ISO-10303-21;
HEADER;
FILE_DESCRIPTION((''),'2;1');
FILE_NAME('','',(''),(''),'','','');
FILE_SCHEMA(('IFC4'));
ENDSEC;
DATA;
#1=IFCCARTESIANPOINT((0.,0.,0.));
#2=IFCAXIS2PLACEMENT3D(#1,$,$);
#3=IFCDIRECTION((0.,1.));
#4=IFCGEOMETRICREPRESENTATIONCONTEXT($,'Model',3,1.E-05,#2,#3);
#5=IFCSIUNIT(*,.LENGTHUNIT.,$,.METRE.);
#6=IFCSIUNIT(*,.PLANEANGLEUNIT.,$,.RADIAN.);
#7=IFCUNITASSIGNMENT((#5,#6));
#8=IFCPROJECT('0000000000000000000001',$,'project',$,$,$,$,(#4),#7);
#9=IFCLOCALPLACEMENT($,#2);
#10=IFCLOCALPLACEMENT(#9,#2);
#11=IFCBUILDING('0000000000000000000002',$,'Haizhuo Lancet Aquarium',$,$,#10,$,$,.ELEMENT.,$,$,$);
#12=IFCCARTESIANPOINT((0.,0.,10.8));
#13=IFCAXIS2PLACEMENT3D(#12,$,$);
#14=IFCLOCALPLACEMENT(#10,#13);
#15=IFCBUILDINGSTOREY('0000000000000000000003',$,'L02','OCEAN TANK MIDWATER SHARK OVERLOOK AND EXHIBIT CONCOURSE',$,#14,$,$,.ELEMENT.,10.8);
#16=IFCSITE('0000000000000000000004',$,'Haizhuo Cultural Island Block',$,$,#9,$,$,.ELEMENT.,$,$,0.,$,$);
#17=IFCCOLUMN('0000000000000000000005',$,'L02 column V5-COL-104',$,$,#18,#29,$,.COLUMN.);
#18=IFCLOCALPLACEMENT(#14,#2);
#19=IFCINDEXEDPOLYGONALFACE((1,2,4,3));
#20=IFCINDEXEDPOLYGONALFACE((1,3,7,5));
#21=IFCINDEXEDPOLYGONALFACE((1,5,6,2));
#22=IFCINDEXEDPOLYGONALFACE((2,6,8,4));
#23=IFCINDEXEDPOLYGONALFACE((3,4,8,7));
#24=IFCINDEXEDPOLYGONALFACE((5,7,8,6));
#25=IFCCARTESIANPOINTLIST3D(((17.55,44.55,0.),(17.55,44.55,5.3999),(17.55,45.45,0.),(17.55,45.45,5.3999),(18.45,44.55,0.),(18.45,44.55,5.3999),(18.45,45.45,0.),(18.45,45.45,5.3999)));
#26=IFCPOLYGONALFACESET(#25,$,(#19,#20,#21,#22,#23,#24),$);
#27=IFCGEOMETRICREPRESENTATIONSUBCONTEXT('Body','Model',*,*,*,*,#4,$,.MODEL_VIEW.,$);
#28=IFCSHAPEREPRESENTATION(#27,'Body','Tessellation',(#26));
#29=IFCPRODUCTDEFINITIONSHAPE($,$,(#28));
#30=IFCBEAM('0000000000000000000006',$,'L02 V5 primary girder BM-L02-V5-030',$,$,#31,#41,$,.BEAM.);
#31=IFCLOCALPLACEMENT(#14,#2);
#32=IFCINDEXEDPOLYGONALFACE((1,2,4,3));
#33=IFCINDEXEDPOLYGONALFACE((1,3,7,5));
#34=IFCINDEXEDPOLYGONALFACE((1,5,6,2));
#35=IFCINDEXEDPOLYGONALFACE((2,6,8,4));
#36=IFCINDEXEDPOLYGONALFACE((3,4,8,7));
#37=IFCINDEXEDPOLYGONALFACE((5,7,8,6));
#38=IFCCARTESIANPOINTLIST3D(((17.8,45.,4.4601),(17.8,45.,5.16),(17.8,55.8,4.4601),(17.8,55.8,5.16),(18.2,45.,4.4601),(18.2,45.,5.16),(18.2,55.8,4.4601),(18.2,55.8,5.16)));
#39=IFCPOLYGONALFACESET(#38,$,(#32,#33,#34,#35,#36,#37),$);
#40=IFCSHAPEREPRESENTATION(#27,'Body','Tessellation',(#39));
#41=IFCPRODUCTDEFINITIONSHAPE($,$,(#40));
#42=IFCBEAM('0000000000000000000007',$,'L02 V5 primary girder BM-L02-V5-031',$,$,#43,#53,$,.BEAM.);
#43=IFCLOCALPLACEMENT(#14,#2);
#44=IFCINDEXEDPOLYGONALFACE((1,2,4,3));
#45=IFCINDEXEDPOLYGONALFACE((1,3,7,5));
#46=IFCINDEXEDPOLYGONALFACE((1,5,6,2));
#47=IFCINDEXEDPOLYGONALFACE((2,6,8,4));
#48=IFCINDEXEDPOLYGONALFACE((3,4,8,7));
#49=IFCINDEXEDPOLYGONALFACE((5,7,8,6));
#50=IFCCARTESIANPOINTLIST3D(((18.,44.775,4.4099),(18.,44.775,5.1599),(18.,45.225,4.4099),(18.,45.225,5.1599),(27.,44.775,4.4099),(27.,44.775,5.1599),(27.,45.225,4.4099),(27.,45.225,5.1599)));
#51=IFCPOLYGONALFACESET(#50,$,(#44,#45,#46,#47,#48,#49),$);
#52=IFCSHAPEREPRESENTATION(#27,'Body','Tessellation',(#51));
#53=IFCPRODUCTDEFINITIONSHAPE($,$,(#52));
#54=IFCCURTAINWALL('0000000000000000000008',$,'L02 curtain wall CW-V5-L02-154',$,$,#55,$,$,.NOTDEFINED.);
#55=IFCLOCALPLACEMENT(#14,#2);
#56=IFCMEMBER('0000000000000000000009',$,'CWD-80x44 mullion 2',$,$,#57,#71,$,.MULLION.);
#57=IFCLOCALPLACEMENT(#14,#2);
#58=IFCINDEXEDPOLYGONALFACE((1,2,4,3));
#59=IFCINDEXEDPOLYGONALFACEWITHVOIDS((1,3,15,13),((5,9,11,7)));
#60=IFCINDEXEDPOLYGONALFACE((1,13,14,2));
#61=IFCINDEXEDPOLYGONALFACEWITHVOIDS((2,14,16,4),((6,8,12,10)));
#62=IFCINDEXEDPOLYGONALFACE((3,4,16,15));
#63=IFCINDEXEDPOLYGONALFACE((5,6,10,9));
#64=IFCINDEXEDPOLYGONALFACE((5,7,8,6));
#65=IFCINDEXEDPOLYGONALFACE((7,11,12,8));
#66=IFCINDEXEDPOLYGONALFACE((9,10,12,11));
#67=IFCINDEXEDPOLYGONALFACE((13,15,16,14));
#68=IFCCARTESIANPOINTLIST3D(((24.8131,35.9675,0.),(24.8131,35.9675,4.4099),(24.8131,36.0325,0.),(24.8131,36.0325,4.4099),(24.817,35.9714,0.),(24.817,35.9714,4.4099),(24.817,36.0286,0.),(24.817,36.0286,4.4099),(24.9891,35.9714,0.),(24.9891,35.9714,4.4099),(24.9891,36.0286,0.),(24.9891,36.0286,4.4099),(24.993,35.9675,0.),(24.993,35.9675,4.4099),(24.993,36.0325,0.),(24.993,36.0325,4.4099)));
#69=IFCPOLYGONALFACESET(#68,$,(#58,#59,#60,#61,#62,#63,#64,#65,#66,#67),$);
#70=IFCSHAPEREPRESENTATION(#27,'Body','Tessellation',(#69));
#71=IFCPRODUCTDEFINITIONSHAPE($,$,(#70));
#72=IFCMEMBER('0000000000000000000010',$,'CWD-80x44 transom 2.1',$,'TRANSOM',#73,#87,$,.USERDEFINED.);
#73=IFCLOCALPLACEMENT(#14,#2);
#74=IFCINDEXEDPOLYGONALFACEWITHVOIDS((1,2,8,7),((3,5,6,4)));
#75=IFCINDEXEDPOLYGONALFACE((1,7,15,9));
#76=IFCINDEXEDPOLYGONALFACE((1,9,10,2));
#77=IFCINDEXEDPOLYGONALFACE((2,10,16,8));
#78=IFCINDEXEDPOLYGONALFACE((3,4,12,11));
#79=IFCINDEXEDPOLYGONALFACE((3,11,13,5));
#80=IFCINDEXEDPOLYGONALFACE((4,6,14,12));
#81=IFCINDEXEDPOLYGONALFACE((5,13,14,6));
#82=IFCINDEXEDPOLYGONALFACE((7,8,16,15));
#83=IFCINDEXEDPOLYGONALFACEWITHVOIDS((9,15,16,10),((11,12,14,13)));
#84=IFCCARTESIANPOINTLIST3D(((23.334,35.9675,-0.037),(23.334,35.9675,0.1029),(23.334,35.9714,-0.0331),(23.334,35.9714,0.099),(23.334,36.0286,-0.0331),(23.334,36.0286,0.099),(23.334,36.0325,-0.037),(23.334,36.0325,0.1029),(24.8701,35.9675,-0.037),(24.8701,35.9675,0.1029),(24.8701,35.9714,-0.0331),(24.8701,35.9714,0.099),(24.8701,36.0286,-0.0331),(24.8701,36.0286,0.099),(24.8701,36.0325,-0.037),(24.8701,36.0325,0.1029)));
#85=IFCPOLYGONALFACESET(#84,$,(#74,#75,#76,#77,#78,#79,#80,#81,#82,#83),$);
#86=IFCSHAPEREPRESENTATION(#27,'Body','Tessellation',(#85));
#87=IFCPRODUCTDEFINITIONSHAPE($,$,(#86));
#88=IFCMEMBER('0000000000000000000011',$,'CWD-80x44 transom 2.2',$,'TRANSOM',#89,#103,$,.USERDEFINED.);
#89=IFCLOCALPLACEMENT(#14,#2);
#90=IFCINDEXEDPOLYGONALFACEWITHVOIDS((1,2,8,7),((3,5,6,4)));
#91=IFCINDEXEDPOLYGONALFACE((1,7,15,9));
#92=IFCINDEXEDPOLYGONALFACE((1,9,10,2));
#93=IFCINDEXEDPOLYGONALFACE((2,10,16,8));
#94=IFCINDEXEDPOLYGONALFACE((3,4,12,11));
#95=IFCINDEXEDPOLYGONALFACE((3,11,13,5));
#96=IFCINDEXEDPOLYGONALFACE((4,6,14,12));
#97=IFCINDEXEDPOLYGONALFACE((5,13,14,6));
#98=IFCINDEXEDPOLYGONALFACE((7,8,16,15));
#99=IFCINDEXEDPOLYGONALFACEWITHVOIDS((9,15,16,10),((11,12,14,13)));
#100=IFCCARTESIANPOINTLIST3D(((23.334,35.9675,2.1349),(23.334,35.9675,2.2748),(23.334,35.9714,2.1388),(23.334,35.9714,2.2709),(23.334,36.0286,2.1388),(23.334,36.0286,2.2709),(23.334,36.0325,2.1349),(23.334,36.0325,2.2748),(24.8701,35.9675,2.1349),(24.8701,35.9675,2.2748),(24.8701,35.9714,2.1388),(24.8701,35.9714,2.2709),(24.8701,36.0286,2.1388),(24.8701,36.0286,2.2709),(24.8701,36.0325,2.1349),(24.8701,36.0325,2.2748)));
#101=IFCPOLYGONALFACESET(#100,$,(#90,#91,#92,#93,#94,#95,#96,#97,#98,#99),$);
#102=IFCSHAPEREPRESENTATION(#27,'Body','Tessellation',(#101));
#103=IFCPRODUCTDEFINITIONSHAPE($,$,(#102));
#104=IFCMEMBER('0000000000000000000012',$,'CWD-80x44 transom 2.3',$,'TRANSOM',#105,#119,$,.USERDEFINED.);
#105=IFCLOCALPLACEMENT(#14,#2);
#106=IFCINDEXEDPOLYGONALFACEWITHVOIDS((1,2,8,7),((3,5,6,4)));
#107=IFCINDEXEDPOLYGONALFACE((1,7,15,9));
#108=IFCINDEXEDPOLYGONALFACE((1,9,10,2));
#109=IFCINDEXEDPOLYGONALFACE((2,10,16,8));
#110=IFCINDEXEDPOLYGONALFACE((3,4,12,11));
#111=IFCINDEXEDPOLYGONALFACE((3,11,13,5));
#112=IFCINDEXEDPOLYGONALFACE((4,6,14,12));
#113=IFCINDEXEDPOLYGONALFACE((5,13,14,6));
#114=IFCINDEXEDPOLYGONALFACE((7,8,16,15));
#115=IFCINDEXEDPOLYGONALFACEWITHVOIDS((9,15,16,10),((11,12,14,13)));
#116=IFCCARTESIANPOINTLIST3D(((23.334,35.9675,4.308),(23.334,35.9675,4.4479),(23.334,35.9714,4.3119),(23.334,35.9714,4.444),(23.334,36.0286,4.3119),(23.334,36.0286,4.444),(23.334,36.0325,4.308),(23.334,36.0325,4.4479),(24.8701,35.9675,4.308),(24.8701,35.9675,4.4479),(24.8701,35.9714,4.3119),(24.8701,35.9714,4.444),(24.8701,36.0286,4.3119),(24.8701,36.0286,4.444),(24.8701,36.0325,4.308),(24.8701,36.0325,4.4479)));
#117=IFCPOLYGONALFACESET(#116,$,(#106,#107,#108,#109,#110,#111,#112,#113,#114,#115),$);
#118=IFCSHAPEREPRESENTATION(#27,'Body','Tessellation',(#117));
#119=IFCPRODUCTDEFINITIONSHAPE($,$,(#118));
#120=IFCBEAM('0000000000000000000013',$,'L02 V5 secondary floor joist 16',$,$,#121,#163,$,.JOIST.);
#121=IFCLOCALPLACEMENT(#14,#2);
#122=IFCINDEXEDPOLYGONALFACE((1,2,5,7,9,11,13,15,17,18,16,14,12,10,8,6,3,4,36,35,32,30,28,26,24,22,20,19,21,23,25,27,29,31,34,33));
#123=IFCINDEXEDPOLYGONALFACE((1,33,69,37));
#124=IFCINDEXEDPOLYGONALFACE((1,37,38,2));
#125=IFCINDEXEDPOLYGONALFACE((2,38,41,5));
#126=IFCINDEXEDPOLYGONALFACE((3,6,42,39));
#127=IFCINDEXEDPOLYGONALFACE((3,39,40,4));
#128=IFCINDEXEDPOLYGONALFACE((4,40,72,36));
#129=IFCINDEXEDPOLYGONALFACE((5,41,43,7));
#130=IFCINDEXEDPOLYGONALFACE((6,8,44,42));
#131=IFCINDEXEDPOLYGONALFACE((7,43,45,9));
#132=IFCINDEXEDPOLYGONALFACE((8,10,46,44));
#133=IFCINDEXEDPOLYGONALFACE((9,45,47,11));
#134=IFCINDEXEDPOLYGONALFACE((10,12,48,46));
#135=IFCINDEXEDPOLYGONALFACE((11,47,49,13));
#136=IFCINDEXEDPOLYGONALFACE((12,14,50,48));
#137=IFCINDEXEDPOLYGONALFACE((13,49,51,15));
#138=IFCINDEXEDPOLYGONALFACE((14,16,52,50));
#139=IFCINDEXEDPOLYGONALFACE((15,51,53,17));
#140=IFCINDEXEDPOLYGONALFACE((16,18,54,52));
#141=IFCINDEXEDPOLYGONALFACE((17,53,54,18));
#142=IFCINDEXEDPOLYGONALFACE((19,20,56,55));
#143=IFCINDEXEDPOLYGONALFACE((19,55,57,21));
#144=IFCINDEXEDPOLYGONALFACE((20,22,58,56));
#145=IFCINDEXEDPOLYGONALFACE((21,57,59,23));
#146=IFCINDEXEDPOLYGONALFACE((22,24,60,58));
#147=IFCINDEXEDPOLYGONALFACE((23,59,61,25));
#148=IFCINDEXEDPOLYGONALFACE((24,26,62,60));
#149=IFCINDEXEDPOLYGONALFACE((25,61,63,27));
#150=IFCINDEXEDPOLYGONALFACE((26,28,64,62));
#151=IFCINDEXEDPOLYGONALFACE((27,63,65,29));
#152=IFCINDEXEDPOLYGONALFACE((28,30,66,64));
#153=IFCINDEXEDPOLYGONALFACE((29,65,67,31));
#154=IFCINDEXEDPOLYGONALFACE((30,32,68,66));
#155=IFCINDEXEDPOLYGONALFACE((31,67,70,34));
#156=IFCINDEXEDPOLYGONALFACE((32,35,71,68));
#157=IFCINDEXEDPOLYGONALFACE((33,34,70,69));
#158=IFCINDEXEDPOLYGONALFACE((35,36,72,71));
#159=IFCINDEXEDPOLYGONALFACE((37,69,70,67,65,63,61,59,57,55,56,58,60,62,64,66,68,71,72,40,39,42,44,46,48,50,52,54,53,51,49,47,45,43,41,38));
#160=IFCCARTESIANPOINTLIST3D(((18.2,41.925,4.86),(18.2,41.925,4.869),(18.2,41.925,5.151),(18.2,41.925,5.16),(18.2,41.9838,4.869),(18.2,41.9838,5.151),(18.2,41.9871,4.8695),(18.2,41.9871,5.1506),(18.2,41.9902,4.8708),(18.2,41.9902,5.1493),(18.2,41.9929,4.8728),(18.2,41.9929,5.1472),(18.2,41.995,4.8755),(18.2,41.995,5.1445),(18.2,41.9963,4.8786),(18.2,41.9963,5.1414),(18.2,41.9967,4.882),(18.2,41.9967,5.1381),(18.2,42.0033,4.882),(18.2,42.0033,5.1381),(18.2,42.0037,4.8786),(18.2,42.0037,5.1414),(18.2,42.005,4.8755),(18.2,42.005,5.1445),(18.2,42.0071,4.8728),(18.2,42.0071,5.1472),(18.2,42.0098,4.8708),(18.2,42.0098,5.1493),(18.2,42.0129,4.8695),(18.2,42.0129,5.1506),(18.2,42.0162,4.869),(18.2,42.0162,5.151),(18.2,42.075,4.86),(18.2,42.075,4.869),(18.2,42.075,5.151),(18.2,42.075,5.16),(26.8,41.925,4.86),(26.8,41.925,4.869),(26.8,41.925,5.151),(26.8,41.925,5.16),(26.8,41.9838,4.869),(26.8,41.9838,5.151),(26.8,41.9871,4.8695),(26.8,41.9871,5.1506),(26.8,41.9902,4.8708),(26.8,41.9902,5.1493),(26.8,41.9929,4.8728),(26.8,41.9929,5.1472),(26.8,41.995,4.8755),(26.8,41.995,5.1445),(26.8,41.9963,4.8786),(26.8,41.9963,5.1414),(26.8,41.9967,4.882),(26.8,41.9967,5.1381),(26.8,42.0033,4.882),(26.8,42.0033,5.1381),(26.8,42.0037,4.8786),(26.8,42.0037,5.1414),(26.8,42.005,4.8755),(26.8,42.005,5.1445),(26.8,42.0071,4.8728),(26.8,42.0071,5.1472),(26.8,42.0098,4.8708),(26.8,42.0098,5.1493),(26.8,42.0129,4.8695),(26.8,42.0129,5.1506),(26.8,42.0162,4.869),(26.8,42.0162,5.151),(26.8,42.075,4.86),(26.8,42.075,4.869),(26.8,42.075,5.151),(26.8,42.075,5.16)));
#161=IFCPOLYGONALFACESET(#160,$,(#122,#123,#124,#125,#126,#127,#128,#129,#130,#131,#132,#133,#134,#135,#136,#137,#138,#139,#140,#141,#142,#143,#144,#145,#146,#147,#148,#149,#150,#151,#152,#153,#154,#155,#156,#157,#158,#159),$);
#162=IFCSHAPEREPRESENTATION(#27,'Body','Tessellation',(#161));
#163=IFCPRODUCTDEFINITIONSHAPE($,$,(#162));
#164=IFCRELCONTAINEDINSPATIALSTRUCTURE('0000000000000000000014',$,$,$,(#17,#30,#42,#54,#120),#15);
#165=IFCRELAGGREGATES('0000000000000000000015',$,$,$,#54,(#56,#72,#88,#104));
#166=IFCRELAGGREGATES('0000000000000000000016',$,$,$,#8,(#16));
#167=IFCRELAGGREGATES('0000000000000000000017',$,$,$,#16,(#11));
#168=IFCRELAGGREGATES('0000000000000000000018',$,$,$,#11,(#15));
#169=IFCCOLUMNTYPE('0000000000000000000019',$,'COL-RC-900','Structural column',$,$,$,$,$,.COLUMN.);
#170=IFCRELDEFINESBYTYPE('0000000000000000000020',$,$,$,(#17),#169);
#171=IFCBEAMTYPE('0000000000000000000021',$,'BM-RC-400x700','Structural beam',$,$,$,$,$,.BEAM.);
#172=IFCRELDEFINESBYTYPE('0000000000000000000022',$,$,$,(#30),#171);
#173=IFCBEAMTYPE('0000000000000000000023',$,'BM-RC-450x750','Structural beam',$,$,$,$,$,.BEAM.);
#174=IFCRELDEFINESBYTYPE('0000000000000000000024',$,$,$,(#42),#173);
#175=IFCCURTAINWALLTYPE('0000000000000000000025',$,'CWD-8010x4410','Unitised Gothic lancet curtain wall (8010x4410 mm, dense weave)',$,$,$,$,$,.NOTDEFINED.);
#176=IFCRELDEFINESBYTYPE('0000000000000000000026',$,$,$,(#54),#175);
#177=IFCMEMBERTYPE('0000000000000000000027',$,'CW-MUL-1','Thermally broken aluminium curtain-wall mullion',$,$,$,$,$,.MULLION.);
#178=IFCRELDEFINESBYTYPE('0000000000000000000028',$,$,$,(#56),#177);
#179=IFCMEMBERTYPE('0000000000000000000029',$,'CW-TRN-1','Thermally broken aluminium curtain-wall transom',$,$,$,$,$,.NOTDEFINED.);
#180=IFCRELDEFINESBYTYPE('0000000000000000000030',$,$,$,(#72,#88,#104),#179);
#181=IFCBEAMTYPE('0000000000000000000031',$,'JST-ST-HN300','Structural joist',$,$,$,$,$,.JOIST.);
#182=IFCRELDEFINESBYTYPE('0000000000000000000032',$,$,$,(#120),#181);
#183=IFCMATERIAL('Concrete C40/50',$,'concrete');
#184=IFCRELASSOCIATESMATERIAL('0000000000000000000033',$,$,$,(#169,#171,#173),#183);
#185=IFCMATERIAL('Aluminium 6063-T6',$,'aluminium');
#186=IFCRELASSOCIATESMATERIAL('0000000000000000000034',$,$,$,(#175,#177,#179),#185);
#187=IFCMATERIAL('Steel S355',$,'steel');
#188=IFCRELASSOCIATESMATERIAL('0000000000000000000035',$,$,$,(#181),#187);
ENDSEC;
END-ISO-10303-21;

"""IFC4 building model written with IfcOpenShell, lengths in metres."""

from ifc_helpers import new_model, si_unit, direction, frame, origin, origin_2d, place, context, subcontext, project, spatial, rectangle, hollow_rectangle, i_section, extrude, material, material_profile, profile_set, type_object, element, aggregate, save


model = new_model("IFC4")

# Units and contexts
model_context = context("Model", 3, precision=1e-05, world=origin(), true_north=direction((0.0, 1.0)))
body_context = subcontext(model_context, "Body", "Model", "MODEL_VIEW")
ifc_project = project(units=[si_unit("LENGTHUNIT", "METRE"), si_unit("PLANEANGLEUNIT", "RADIAN")], contexts=[model_context])

# Site, building, storey
site_placement = place(None, origin())
site = spatial("IfcSite", under=ifc_project, at=site_placement, Name="Haizhuo Cultural Island Block", CompositionType="ELEMENT", RefElevation=0.0)
building_placement = place(site_placement, origin())
building = spatial("IfcBuilding", under=site, at=building_placement, Name="Haizhuo Lancet Aquarium", CompositionType="ELEMENT")
storey_placement = place(building_placement, frame((0.0, 0.0, 10.8)))
storey = spatial("IfcBuildingStorey", under=building, at=storey_placement, Name="L02", Description="OCEAN TANK MIDWATER SHARK OVERLOOK AND EXHIBIT CONCOURSE", CompositionType="ELEMENT", Elevation=10.8)

# Column
ifc_material_1 = material(Name="Concrete C40/50", Category="concrete")
ifc_material_profile_1 = material_profile(ifc_material_1, rectangle(XDim=0.8999, YDim=0.8999, at=origin_2d()), Name="RC-COL 900x900")
ifc_profile_set_1 = profile_set([ifc_material_profile_1], Name="Concrete C40/50")
column_type = type_object("IfcColumnType", Name="COL-RC-900", Description="Structural column", PredefinedType="COLUMN", material=ifc_profile_set_1)
column_placement = place(storey_placement, frame((18.0, 45.0, 0.0), z_axis=(0.0, 0.0, 1.0), x_axis=(1.0, 0.0, 0.0)))
element("IfcColumn", 1, at=column_placement, inside=storey, type_object=column_type, Name="L02 column V5-COL-104", PredefinedType="COLUMN", context=body_context, shape_type="SweptSolid", body=[
    extrude(rectangle(XDim=0.8999, YDim=0.8999, at=origin_2d()), origin(), (0.0, 0.0, 1.0), 5.3999),
])

# Beams
ifc_material_profile_2 = material_profile(ifc_material_1, rectangle(XDim=0.3999, YDim=0.7, at=origin_2d()), Name="RC-BM 400x700")
ifc_profile_set_2 = profile_set([ifc_material_profile_2], Name="Concrete C40/50")
beam_type_1 = type_object("IfcBeamType", Name="BM-RC-400x700", Description="Structural beam", PredefinedType="BEAM", material=ifc_profile_set_2)
beam_1_placement = place(storey_placement, frame((18.0, 45.0, 4.8101), z_axis=(0.0, 1.0, 0.0), x_axis=(-1.0, 0.0, 0.0)))
element("IfcBeam", 2, at=beam_1_placement, inside=storey, type_object=beam_type_1, Name="L02 V5 primary girder BM-L02-V5-030", PredefinedType="BEAM", context=body_context, shape_type="SweptSolid", body=[
    extrude(rectangle(XDim=0.3999, YDim=0.7, at=origin_2d()), origin(), (0.0, 0.0, 1.0), 10.8),
])
ifc_material_profile_3 = material_profile(ifc_material_1, rectangle(XDim=0.45, YDim=0.75, at=origin_2d()), Name="RC-BM 450x750")
ifc_profile_set_3 = profile_set([ifc_material_profile_3], Name="Concrete C40/50")
beam_type_2 = type_object("IfcBeamType", Name="BM-RC-450x750", Description="Structural beam", PredefinedType="BEAM", material=ifc_profile_set_3)
beam_2_placement = place(storey_placement, frame((18.0, 45.0, 4.7849), z_axis=(1.0, 0.0, 0.0), x_axis=(0.0, 1.0, 0.0)))
element("IfcBeam", 3, at=beam_2_placement, inside=storey, type_object=beam_type_2, Name="L02 V5 primary girder BM-L02-V5-031", PredefinedType="BEAM", context=body_context, shape_type="SweptSolid", body=[
    extrude(rectangle(XDim=0.45, YDim=0.75, at=origin_2d()), origin(), (0.0, 0.0, 1.0), 9.0),
])

# Curtain wall, members
ifc_material_2 = material(Name="Aluminium 6063-T6", Category="aluminium")
curtain_wall_type = type_object("IfcCurtainWallType", Name="CWD-8010x4410", Description="Unitised Gothic lancet curtain wall (8010x4410 mm, dense weave)", PredefinedType="NOTDEFINED", material=ifc_material_2)
curtain_wall_placement = place(storey_placement, origin())
curtain_wall = element("IfcCurtainWall", 4, at=curtain_wall_placement, inside=storey, type_object=curtain_wall_type, Name="L02 curtain wall CW-V5-L02-154", PredefinedType="NOTDEFINED")
ifc_material_profile_4 = material_profile(ifc_material_2, hollow_rectangle(XDim=0.0649, YDim=0.1799, WallThickness=0.0039, at=origin_2d()), Name="ALU-M 65x180x4")
ifc_profile_set_4 = profile_set([ifc_material_profile_4], Name="Aluminium 6063-T6")
member_type_1 = type_object("IfcMemberType", Name="CW-MUL-1", Description="Thermally broken aluminium curtain-wall mullion", PredefinedType="MULLION", material=ifc_profile_set_4)
member_1_placement = place(storey_placement, frame((24.9031, 36.0, 0.0), z_axis=(0.0, 0.0, 1.0), x_axis=(0.0, -1.0, 0.0)))
member_1 = element("IfcMember", 5, at=member_1_placement, type_object=member_type_1, Name="CWD-80x44 mullion 2", PredefinedType="MULLION", context=body_context, shape_type="SweptSolid", body=[
    extrude(hollow_rectangle(XDim=0.0649, YDim=0.1799, WallThickness=0.0039, at=origin_2d()), origin(), (0.0, 0.0, 1.0), 4.4099),
])
ifc_material_profile_5 = material_profile(ifc_material_2, hollow_rectangle(XDim=0.0649, YDim=0.1399, WallThickness=0.0039, at=origin_2d()), Name="ALU-T 65x140x4")
ifc_profile_set_5 = profile_set([ifc_material_profile_5], Name="Aluminium 6063-T6")
member_type_2 = type_object("IfcMemberType", Name="CW-TRN-1", Description="Thermally broken aluminium curtain-wall transom", PredefinedType="NOTDEFINED", material=ifc_profile_set_5)
member_2_placement = place(storey_placement, frame((24.8701, 36.0, 0.033), z_axis=(-1.0, 0.0, 0.0), x_axis=(0.0, -1.0, 0.0)))
member_2 = element("IfcMember", 6, at=member_2_placement, type_object=member_type_2, Name="CWD-80x44 transom 2.1", ObjectType="TRANSOM", PredefinedType="USERDEFINED", context=body_context, shape_type="SweptSolid", body=[
    extrude(hollow_rectangle(XDim=0.0649, YDim=0.1399, WallThickness=0.0039, at=origin_2d()), origin(), (0.0, 0.0, 1.0), 1.5361),
])
member_3_placement = place(storey_placement, frame((24.8701, 36.0, 2.2048), z_axis=(-1.0, 0.0, 0.0), x_axis=(0.0, -1.0, 0.0)))
member_3 = element("IfcMember", 7, at=member_3_placement, type_object=member_type_2, Name="CWD-80x44 transom 2.2", ObjectType="TRANSOM", PredefinedType="USERDEFINED", context=body_context, shape_type="SweptSolid", body=[
    extrude(hollow_rectangle(XDim=0.0649, YDim=0.1399, WallThickness=0.0039, at=origin_2d()), origin(), (0.0, 0.0, 1.0), 1.5361),
])
member_4_placement = place(storey_placement, frame((24.8701, 36.0, 4.3779), z_axis=(-1.0, 0.0, 0.0), x_axis=(0.0, -1.0, 0.0)))
member_4 = element("IfcMember", 8, at=member_4_placement, type_object=member_type_2, Name="CWD-80x44 transom 2.3", ObjectType="TRANSOM", PredefinedType="USERDEFINED", context=body_context, shape_type="SweptSolid", body=[
    extrude(hollow_rectangle(XDim=0.0649, YDim=0.1399, WallThickness=0.0039, at=origin_2d()), origin(), (0.0, 0.0, 1.0), 1.5361),
])

# Beam
ifc_material_3 = material(Name="Steel S355", Category="steel")
ifc_material_profile_6 = material_profile(ifc_material_3, i_section(OverallWidth=0.1499, OverallDepth=0.3, WebThickness=0.0066, FlangeThickness=0.009, FilletRadius=0.0129, at=origin_2d()), Name="HN 300x150x6.5x9")
ifc_profile_set_6 = profile_set([ifc_material_profile_6], Name="Steel S355")
beam_type_3 = type_object("IfcBeamType", Name="JST-ST-HN300", Description="Structural joist", PredefinedType="JOIST", material=ifc_profile_set_6)
beam_3_placement = place(storey_placement, frame((18.2, 42.0, 5.01), z_axis=(1.0, 0.0, 0.0), x_axis=(0.0, 1.0, 0.0)))
element("IfcBeam", 9, at=beam_3_placement, inside=storey, type_object=beam_type_3, Name="L02 V5 secondary floor joist 16", PredefinedType="JOIST", context=body_context, shape_type="SweptSolid", body=[
    extrude(i_section(OverallWidth=0.1499, OverallDepth=0.3, WebThickness=0.0066, FlangeThickness=0.009, FilletRadius=0.0129, at=origin_2d()), origin(), (0.0, 0.0, 1.0), 8.6001),
])

aggregate(curtain_wall, [member_1, member_2, member_3, member_4])

save(model, "model.ifc")
